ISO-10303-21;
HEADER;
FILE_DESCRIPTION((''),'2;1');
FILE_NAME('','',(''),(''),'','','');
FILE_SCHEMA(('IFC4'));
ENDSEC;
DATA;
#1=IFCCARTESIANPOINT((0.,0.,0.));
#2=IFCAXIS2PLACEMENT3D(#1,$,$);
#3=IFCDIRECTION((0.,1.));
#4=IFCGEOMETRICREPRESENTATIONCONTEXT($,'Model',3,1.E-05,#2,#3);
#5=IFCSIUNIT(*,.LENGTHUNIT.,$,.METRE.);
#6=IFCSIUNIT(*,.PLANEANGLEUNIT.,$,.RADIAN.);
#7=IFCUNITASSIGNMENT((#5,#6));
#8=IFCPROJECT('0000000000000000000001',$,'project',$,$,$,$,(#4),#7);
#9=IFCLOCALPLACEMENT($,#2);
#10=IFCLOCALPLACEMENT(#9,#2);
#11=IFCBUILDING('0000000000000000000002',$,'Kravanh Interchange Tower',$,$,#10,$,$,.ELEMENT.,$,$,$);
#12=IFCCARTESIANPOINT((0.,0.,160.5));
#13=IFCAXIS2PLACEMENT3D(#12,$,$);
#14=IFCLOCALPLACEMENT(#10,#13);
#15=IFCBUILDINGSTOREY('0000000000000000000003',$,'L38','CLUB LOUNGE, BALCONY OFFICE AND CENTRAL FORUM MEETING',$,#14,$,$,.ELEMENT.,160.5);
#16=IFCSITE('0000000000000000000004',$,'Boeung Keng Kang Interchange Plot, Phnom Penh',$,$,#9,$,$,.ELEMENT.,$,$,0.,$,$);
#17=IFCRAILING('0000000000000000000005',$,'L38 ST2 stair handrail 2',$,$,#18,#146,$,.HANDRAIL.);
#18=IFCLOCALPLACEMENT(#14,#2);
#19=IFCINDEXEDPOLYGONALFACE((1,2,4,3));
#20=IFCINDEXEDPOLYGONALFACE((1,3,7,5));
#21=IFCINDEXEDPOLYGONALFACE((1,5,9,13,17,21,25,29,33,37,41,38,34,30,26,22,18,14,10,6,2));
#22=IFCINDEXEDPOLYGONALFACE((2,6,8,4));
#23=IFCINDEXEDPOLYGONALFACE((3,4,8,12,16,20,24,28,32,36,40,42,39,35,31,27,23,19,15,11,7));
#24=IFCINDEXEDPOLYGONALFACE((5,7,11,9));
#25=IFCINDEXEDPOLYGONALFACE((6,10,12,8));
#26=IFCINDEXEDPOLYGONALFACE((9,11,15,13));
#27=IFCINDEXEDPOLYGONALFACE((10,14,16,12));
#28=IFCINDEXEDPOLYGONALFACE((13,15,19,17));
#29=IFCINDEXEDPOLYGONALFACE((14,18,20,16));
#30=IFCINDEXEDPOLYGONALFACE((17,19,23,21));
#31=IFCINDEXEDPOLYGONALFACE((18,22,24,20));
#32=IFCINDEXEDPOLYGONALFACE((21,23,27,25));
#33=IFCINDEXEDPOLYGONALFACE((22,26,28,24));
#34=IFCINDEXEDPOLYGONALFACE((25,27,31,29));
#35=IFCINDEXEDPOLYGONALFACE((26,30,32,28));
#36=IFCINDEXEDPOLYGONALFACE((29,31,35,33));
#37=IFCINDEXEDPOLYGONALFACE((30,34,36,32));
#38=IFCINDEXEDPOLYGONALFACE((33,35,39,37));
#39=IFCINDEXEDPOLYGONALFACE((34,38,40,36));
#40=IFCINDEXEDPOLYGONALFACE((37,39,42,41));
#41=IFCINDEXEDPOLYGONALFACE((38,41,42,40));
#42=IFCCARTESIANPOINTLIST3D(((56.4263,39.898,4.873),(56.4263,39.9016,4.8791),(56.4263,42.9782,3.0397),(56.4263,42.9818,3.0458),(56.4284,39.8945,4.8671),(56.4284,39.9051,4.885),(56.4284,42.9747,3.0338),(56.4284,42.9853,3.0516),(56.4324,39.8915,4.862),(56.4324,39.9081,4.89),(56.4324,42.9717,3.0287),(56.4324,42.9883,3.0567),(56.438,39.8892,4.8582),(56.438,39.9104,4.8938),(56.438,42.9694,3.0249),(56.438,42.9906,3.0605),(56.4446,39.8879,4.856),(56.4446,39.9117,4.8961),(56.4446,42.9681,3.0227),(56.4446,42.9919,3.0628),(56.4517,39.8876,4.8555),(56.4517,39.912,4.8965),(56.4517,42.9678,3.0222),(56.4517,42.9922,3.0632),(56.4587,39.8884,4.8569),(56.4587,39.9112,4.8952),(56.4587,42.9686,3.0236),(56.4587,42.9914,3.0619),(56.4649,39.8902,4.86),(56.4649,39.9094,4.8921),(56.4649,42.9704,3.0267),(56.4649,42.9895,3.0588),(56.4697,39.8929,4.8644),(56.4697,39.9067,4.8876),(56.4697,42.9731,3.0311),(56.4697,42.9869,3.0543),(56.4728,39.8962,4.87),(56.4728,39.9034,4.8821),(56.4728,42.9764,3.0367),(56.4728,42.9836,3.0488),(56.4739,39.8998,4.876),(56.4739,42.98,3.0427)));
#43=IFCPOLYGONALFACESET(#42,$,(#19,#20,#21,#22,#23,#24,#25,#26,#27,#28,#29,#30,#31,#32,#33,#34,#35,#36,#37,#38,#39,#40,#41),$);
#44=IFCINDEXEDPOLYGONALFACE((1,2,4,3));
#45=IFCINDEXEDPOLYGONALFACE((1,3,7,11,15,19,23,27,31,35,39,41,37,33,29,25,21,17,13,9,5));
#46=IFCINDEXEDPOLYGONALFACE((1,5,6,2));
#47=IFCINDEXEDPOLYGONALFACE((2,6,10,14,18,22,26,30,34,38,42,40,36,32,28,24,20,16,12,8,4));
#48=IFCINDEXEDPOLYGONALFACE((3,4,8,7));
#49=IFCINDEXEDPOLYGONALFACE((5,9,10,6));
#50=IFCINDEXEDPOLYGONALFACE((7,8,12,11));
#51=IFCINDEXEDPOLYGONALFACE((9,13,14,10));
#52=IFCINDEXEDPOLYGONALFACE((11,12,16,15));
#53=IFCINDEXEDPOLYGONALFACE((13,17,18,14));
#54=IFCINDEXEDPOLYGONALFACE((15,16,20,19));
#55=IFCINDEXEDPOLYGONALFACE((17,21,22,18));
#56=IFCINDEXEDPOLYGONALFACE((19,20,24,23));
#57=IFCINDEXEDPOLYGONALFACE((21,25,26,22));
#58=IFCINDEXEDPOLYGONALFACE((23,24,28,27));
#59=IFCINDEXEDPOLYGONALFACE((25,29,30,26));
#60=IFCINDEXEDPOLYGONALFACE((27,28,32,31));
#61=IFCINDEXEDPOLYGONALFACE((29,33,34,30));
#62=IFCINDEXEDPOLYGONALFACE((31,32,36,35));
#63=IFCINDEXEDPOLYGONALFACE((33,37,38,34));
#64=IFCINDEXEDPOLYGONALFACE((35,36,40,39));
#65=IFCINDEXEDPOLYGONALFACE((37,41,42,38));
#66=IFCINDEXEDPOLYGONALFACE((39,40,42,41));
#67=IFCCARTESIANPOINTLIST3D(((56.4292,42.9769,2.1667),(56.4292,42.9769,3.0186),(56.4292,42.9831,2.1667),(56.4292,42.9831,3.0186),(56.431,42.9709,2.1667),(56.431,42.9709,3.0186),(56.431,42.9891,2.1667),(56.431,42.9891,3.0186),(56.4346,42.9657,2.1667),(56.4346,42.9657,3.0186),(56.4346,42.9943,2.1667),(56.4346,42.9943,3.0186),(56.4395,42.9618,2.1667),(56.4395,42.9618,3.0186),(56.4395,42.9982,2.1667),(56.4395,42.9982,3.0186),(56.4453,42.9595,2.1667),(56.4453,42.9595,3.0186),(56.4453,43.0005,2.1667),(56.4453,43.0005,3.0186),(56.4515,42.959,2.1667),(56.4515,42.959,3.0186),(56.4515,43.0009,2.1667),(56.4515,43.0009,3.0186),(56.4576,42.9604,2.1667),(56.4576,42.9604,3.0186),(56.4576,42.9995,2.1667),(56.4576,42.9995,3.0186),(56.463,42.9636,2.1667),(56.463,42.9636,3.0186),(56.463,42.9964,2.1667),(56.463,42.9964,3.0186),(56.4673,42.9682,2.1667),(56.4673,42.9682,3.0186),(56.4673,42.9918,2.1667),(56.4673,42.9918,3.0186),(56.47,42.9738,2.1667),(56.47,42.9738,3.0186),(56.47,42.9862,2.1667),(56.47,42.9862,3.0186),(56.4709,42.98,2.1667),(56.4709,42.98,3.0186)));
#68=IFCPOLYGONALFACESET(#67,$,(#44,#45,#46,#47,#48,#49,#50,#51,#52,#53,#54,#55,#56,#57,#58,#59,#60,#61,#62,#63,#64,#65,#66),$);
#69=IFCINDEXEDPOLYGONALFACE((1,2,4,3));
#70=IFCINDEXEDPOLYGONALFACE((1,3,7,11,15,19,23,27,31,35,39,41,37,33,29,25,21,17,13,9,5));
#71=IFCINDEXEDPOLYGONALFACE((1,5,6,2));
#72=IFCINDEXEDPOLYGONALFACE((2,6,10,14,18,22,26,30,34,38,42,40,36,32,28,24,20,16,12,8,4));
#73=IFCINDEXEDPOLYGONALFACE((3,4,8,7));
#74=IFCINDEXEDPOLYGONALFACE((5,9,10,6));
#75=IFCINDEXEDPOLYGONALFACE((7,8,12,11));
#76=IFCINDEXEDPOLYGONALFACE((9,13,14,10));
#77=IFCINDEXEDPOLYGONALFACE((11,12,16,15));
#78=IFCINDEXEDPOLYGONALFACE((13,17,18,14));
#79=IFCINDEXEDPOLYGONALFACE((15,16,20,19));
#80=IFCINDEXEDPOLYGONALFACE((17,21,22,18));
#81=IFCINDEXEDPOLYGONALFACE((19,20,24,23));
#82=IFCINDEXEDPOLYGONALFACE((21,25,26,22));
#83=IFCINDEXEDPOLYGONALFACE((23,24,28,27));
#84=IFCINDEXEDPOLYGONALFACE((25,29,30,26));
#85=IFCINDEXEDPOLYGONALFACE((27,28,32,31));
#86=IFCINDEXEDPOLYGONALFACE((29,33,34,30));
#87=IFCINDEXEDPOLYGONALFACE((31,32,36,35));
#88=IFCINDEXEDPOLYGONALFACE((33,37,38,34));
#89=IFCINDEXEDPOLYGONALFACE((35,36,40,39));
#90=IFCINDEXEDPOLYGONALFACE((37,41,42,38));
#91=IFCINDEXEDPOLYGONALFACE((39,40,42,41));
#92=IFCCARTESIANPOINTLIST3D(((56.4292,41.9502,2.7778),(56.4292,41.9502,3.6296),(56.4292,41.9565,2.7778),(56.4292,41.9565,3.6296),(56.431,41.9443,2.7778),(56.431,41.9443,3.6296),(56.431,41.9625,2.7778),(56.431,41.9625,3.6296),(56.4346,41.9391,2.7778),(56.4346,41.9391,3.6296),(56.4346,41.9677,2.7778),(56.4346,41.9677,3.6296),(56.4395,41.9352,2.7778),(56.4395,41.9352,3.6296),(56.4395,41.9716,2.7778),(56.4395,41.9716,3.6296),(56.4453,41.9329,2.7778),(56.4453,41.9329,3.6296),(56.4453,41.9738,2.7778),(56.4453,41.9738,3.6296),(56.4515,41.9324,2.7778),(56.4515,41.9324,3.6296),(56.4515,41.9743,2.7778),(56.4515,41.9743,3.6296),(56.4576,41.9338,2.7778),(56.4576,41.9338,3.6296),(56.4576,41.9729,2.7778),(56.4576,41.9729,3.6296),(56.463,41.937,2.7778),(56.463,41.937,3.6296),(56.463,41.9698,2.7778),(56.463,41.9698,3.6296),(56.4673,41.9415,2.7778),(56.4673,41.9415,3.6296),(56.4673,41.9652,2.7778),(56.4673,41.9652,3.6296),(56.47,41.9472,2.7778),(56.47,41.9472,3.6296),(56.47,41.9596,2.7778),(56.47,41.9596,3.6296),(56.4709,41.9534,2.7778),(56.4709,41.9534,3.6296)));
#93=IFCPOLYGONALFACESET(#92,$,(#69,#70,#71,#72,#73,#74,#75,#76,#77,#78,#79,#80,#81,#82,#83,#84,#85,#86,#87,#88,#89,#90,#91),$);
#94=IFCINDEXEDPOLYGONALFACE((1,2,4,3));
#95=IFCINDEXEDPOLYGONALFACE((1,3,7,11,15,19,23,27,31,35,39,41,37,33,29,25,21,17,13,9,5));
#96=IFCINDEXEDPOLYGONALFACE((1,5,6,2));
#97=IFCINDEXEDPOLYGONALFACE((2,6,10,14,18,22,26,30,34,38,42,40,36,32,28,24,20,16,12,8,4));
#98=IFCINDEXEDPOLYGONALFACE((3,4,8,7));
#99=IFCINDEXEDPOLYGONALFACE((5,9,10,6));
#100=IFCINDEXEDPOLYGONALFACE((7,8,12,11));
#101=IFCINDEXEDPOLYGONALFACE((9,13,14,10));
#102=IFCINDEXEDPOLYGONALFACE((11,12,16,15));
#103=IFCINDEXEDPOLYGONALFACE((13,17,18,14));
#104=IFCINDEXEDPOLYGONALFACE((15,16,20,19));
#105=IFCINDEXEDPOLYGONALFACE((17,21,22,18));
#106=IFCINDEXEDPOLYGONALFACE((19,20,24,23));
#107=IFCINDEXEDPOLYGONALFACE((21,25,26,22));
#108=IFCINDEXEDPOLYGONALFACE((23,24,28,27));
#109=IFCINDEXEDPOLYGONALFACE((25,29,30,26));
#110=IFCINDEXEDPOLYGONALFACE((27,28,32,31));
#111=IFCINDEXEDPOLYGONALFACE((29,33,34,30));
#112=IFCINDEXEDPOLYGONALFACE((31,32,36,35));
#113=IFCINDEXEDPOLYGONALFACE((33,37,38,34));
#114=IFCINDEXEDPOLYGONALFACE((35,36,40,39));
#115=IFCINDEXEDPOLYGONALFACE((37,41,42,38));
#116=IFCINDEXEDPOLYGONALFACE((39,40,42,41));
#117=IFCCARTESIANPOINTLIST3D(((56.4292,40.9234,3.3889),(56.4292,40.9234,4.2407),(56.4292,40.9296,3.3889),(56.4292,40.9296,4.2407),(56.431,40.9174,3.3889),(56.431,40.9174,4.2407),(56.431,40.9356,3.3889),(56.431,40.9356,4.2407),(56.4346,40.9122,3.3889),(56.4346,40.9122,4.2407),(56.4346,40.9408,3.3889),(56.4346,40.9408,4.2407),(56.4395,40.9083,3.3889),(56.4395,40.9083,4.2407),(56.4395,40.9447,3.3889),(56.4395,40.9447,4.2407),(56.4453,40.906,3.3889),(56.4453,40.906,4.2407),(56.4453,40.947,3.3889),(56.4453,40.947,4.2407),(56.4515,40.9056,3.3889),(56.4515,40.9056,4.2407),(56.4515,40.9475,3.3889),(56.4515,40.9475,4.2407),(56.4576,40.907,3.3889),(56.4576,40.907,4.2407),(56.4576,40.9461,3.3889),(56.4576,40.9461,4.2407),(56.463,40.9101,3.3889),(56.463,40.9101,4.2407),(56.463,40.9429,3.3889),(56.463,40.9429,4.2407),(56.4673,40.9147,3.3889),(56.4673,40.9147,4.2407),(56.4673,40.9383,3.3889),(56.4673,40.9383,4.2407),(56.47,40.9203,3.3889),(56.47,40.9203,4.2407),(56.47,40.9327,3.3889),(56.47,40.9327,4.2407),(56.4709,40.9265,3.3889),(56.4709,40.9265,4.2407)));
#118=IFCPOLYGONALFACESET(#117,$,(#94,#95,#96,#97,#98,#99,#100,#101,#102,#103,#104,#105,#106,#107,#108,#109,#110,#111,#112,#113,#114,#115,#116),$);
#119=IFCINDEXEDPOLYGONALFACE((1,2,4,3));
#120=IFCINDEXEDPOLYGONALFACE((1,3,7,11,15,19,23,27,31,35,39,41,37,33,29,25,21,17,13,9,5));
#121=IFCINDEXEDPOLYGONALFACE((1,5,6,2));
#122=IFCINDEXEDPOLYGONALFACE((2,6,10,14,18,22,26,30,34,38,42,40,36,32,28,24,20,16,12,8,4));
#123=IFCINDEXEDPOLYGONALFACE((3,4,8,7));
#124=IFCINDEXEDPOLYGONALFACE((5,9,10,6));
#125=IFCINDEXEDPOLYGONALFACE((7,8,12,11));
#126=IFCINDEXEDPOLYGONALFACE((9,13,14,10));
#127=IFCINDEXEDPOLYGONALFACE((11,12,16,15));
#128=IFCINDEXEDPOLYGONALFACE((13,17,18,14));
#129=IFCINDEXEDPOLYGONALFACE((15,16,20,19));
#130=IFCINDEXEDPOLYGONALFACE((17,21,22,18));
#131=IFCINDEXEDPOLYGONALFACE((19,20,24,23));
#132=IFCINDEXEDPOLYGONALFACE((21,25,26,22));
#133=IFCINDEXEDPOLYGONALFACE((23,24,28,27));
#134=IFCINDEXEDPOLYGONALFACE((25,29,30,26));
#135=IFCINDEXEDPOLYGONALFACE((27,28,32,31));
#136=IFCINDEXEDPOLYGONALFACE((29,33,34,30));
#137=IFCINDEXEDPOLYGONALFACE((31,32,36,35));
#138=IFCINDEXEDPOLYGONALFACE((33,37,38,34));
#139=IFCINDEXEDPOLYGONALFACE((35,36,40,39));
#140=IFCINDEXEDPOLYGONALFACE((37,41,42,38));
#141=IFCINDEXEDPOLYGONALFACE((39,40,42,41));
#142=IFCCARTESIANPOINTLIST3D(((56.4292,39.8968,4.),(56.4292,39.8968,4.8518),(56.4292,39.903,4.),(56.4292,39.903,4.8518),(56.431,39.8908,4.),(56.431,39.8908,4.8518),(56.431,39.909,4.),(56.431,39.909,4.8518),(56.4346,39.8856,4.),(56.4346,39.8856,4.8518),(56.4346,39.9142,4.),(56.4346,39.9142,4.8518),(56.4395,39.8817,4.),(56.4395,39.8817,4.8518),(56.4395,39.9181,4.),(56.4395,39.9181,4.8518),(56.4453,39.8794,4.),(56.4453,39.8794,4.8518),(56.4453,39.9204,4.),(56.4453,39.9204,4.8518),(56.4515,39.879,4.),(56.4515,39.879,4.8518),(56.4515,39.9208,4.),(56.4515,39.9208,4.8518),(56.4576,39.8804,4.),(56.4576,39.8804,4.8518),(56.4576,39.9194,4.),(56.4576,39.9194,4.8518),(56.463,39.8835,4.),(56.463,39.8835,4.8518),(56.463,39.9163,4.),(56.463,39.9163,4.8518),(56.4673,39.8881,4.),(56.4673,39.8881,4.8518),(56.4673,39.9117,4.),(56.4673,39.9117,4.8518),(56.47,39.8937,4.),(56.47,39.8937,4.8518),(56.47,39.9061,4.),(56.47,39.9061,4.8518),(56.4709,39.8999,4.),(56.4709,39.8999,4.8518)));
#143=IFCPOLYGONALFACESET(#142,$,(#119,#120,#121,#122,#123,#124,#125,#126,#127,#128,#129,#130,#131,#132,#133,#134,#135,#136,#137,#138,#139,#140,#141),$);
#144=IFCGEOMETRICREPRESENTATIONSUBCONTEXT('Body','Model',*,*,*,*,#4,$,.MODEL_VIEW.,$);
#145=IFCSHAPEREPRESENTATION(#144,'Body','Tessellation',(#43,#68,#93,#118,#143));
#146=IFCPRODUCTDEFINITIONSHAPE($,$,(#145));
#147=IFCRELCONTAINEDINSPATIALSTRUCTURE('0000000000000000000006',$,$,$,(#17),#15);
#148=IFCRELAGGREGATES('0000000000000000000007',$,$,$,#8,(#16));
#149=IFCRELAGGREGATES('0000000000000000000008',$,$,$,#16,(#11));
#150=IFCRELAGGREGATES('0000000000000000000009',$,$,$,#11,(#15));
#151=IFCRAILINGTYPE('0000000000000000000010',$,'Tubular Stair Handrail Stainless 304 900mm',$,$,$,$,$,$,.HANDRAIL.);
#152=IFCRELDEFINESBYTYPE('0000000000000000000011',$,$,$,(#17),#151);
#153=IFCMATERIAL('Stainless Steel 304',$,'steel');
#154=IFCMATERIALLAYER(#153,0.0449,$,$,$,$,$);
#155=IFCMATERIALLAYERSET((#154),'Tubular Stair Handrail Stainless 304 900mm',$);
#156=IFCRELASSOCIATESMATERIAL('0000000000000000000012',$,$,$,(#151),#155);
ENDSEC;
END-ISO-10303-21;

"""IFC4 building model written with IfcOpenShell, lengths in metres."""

from ifc_helpers import new_model, si_unit, direction, frame, origin, origin_2d, place, context, subcontext, project, spatial, circle, extrude, material, layer, layer_set, type_object, element, save


model = new_model("IFC4")

# Units and contexts
model_context = context("Model", 3, precision=1e-05, world=origin(), true_north=direction((0.0, 1.0)))
body_context = subcontext(model_context, "Body", "Model", "MODEL_VIEW")
ifc_project = project(units=[si_unit("LENGTHUNIT", "METRE"), si_unit("PLANEANGLEUNIT", "RADIAN")], contexts=[model_context])

# Site, building, storey
site_placement = place(None, origin())
site = spatial("IfcSite", under=ifc_project, at=site_placement, Name="Boeung Keng Kang Interchange Plot, Phnom Penh", CompositionType="ELEMENT", RefElevation=0.0)
building_placement = place(site_placement, origin())
building = spatial("IfcBuilding", under=site, at=building_placement, Name="Kravanh Interchange Tower", CompositionType="ELEMENT")
storey_placement = place(building_placement, frame((0.0, 0.0, 160.5)))
storey = spatial("IfcBuildingStorey", under=building, at=storey_placement, Name="L38", Description="CLUB LOUNGE, BALCONY OFFICE AND CENTRAL FORUM MEETING", CompositionType="ELEMENT", Elevation=160.5)

# Railing
ifc_material_1 = material(Name="Stainless Steel 304", Category="steel")
ifc_layer_1 = layer(ifc_material_1, 0.0449)
ifc_layer_set_1 = layer_set([ifc_layer_1], Name="Tubular Stair Handrail Stainless 304 900mm")
railing_type_1 = type_object("IfcRailingType", Name="Tubular Stair Handrail Stainless 304 900mm", PredefinedType="HANDRAIL", material=ifc_layer_set_1)
railing_1_placement = place(storey_placement, frame((56.45, 42.98, 2.1667)))
element("IfcRailing", 1, at=railing_1_placement, inside=storey, type_object=railing_type_1, Name="L38 ST2 stair handrail 2", PredefinedType="HANDRAIL", context=body_context, shape_type="SweptSolid", body=[
    extrude(circle(Radius=0.0239, at=origin_2d()), frame((0.0, 0.0, 0.876), z_axis=(0.0, -0.859309, 0.511458), x_axis=(1.0, 0.0, 0.0)), (0.0, 0.0, 1.0), 3.5845),
    extrude(circle(Radius=0.021, at=origin_2d()), origin(), (0.0, 0.0, 1.0), 0.8518),
    extrude(circle(Radius=0.021, at=origin_2d()), frame((0.0, -1.0266, 0.6111)), (0.0, 0.0, 1.0), 0.8518),
    extrude(circle(Radius=0.021, at=origin_2d()), frame((0.0, -2.0535, 1.2222)), (0.0, 0.0, 1.0), 0.8518),
    extrude(circle(Radius=0.021, at=origin_2d()), frame((0.0, -3.0801, 1.8333)), (0.0, 0.0, 1.0), 0.8518),
])

save(model, "model.ifc")
